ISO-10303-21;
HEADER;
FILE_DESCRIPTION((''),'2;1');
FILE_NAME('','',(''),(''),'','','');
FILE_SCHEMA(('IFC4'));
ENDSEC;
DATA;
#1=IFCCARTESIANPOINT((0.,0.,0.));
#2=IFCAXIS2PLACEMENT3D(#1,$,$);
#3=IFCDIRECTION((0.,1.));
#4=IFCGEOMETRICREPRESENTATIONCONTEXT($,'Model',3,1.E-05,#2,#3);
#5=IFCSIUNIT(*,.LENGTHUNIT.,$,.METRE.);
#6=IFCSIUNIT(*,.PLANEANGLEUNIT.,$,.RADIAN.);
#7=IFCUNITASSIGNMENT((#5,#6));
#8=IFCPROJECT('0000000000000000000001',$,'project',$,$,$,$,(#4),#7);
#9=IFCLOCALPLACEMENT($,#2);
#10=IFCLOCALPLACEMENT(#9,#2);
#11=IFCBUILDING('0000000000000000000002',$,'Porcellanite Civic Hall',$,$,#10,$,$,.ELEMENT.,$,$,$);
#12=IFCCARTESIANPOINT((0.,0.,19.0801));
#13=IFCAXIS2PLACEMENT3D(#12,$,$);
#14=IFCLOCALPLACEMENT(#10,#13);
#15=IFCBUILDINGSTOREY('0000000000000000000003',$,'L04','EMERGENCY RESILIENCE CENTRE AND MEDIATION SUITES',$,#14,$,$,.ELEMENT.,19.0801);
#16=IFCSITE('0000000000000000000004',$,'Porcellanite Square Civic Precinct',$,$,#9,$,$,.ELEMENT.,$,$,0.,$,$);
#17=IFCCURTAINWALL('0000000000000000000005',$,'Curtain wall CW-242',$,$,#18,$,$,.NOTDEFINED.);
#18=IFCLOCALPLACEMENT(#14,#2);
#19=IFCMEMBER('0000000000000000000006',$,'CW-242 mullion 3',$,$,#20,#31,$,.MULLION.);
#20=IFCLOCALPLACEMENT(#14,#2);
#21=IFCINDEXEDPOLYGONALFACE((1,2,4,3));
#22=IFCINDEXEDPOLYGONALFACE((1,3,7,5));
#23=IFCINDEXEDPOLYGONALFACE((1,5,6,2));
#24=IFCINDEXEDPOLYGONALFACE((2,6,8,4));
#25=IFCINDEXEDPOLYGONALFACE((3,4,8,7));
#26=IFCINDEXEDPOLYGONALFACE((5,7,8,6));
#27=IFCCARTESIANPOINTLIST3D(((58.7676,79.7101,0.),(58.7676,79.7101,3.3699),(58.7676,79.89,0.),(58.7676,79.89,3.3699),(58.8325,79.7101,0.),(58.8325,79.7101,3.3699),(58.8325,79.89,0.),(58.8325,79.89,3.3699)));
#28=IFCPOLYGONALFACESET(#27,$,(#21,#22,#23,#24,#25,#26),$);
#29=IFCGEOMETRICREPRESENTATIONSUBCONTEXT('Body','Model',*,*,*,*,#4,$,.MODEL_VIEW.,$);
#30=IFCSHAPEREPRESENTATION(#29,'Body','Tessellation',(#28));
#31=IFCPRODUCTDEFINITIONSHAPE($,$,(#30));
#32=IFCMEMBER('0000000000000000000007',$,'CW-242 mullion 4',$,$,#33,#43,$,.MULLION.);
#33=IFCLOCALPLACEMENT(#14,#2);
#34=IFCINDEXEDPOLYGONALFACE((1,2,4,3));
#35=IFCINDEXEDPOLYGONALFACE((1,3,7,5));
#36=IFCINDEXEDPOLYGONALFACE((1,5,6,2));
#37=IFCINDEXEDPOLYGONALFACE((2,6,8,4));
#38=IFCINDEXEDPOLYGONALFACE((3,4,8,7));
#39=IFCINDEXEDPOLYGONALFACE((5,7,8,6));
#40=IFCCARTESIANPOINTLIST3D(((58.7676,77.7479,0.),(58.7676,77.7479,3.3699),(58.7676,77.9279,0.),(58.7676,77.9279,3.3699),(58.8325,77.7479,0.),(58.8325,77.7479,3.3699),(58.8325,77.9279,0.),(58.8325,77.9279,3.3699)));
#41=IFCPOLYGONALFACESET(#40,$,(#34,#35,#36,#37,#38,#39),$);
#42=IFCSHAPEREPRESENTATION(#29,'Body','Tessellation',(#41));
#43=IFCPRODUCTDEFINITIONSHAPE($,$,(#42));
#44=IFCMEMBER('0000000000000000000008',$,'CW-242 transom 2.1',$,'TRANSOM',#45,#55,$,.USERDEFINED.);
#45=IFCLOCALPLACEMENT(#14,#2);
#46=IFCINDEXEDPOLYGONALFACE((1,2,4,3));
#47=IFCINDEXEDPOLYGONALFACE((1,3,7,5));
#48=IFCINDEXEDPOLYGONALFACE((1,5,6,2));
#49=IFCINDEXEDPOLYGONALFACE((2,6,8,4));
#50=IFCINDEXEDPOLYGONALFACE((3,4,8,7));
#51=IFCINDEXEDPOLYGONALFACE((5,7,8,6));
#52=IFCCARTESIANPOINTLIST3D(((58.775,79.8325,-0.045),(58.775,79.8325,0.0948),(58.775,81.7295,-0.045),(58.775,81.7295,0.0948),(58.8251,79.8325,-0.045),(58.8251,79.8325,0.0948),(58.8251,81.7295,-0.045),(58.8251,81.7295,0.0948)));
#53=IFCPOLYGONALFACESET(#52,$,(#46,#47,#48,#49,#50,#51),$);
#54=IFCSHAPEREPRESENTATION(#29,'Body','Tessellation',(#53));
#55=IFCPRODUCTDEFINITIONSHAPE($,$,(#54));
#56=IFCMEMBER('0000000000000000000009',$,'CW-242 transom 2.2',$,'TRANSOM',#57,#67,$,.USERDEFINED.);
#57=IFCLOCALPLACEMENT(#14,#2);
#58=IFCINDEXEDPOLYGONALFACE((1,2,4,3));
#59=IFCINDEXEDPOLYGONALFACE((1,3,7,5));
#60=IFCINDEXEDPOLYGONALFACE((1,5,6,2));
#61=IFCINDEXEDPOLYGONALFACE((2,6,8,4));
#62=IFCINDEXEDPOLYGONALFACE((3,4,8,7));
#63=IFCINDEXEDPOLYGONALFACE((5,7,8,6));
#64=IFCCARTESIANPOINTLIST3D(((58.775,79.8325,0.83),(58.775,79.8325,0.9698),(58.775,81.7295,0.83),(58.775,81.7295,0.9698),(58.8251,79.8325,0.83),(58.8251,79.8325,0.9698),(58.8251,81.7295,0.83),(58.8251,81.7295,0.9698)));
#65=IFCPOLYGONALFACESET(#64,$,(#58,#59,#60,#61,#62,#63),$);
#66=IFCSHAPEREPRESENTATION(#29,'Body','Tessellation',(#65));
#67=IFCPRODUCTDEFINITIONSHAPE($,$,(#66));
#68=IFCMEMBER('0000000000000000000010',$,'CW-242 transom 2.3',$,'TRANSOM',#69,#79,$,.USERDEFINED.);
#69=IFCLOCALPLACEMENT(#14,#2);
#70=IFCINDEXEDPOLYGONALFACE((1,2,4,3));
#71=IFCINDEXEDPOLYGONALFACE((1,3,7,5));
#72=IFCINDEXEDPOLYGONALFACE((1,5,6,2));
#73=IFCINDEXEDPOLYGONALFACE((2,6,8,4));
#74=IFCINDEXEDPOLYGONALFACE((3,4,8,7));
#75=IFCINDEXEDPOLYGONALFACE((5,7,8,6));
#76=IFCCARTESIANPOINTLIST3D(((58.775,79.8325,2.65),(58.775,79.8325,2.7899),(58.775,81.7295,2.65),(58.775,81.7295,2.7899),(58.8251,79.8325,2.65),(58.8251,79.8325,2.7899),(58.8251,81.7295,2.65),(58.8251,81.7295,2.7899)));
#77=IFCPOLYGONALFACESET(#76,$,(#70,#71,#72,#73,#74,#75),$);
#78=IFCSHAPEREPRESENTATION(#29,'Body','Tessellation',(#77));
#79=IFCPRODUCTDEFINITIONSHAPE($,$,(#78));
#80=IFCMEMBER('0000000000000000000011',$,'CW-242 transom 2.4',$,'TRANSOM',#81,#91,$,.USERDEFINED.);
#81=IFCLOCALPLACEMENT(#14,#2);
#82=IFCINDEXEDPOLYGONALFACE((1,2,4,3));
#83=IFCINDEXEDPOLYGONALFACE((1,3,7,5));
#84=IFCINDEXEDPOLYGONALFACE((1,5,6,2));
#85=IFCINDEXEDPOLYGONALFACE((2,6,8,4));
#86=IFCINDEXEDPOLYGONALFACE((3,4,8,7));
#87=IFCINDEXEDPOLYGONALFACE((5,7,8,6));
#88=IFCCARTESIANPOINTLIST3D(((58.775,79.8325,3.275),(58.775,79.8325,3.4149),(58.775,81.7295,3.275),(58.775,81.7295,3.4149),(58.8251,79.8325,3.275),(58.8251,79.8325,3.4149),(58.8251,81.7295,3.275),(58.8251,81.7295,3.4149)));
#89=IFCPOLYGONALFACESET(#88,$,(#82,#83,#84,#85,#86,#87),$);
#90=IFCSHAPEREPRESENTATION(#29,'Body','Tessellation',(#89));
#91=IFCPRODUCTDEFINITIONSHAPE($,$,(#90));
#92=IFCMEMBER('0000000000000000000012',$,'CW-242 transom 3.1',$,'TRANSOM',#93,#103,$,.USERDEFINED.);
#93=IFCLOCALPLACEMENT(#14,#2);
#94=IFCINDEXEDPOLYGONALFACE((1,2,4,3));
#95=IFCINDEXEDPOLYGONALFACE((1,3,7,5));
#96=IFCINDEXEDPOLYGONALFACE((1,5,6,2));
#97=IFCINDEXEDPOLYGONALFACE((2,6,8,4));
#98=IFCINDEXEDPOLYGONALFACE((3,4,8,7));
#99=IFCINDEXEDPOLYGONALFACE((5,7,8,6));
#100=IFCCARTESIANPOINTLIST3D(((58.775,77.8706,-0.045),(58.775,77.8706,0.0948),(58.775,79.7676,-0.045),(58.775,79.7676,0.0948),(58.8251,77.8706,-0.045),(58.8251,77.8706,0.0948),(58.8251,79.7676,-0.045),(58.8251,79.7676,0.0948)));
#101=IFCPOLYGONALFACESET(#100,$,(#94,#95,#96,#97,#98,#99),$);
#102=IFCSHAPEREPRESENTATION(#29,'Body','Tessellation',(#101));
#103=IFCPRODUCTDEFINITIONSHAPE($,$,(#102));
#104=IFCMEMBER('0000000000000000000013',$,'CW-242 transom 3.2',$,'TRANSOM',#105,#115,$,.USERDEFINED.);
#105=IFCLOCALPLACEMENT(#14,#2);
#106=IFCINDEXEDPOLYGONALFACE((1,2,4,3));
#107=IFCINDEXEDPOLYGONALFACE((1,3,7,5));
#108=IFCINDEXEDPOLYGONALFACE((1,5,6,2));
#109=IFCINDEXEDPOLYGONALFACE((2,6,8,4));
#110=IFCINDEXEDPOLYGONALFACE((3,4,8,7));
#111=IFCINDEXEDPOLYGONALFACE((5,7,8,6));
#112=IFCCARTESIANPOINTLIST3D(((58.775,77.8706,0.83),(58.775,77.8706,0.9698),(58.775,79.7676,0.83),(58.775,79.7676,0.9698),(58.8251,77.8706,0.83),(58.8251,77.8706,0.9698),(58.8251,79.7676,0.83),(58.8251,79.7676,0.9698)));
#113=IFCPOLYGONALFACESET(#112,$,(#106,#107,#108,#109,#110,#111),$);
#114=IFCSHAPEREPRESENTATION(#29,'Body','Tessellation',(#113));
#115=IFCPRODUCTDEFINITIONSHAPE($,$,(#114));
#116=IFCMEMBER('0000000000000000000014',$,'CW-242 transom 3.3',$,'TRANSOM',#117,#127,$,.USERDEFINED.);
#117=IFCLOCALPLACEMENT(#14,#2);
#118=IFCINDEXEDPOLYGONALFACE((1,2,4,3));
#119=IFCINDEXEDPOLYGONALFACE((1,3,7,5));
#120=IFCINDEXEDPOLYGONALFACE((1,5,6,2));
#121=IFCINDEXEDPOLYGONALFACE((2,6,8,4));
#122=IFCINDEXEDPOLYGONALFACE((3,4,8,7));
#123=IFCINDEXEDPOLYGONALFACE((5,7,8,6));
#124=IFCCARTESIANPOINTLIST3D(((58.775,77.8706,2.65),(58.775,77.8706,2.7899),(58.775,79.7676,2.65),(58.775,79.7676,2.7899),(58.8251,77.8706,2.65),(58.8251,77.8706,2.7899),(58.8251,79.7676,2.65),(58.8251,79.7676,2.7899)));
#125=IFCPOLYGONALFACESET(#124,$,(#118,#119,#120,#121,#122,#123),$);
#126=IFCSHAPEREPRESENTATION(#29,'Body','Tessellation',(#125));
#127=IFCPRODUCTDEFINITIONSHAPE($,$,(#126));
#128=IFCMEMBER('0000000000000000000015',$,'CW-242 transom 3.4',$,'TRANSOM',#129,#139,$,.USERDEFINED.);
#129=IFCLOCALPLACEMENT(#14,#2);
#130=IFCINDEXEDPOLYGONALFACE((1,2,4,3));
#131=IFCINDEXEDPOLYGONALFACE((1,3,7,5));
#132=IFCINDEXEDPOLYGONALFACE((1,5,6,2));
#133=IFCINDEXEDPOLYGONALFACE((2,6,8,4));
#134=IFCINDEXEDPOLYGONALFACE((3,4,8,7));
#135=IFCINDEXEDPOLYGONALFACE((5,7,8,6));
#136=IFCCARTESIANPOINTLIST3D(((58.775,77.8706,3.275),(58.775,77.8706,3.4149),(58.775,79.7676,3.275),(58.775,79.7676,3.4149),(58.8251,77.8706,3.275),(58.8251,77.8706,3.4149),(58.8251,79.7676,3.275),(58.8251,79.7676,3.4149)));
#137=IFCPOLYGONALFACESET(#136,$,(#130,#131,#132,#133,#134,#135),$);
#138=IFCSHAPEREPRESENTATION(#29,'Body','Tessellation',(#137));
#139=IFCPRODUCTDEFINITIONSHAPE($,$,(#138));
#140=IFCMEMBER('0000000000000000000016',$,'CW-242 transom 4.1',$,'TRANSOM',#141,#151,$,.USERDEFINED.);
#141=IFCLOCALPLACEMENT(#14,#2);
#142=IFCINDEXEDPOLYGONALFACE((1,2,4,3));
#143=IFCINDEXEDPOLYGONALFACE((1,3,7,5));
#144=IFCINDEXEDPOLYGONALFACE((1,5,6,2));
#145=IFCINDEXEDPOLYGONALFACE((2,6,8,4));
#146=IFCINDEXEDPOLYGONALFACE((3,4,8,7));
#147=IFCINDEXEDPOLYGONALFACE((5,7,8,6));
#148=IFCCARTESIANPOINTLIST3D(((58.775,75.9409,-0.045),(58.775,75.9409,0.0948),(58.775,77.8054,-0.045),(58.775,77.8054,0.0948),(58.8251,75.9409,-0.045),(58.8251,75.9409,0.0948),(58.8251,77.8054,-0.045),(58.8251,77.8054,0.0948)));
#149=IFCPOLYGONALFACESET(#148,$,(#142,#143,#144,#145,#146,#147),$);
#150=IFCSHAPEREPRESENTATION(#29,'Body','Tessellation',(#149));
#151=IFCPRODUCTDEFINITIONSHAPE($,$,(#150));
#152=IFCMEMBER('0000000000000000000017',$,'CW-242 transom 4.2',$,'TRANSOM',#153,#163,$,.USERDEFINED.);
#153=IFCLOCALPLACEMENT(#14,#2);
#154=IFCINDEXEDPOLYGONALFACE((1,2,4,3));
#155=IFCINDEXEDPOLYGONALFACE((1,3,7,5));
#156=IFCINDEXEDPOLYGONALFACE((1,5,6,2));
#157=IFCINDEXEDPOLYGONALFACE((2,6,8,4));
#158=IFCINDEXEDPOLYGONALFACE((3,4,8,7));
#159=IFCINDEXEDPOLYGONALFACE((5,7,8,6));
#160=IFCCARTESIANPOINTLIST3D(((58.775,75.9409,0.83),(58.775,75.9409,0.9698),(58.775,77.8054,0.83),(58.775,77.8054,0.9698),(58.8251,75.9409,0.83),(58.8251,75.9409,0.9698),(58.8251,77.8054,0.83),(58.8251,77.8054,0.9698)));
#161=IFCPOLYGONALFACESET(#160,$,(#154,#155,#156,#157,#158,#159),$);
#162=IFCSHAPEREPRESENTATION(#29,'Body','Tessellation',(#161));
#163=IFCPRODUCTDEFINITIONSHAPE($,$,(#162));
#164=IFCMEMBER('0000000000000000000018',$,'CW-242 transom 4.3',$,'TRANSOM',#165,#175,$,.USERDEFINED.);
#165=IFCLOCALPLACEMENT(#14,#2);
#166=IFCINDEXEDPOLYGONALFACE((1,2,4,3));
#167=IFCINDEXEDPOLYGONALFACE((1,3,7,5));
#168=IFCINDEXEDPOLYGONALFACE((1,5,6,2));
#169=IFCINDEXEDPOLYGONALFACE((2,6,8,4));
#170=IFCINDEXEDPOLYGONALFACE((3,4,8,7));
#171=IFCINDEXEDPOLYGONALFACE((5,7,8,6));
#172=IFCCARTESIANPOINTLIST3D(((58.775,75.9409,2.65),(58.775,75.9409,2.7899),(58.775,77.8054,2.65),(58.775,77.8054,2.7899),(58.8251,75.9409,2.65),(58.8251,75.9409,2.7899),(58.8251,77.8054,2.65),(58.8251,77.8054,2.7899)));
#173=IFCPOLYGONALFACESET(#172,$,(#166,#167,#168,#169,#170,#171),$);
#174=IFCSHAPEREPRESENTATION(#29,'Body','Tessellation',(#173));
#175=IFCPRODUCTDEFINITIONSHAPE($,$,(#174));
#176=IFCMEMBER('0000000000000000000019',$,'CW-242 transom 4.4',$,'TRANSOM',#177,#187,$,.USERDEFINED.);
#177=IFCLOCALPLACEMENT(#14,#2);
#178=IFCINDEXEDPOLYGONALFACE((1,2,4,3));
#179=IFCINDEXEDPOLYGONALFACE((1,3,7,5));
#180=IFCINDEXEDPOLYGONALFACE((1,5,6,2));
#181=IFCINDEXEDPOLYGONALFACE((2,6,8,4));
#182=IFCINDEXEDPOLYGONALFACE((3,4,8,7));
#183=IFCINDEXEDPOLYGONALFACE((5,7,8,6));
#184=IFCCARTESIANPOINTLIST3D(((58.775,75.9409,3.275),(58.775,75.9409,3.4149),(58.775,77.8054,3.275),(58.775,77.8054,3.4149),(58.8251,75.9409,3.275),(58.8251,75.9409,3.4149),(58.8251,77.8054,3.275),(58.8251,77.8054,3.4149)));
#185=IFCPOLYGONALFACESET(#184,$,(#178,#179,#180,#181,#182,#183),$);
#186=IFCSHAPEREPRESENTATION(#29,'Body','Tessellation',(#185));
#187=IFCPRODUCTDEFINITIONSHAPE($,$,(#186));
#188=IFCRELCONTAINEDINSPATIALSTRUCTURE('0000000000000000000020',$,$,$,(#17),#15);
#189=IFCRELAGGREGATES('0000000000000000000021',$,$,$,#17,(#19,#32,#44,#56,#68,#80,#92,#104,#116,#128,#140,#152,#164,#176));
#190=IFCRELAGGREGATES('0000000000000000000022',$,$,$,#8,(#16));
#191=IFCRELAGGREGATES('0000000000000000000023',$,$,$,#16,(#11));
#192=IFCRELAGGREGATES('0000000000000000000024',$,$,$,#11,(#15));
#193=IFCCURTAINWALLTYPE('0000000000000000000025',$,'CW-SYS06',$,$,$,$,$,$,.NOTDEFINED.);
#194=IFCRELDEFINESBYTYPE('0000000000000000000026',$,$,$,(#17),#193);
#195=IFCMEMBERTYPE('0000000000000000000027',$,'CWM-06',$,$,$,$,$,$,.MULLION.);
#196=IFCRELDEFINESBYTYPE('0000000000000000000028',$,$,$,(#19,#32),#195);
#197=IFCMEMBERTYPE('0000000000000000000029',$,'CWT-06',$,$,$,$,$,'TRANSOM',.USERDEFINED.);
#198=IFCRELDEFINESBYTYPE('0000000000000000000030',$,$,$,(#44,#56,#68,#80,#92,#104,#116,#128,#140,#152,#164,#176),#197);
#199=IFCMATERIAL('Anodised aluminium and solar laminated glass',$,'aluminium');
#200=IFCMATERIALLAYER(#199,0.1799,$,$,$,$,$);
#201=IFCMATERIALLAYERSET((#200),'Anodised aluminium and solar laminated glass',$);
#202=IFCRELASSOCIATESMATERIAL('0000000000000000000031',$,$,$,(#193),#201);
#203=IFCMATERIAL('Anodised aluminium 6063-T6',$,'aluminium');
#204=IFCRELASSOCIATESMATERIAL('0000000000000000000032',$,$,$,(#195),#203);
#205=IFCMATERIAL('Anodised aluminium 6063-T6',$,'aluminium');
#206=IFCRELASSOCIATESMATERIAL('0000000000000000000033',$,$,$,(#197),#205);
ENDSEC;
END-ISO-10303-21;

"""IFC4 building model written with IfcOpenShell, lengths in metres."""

from ifc_helpers import new_model, si_unit, direction, frame, origin, origin_2d, place, context, subcontext, project, spatial, rectangle, extrude, material, layer, layer_set, material_profile, profile_set, type_object, element, aggregate, save


model = new_model("IFC4")

# Units and contexts
model_context = context("Model", 3, precision=1e-05, world=origin(), true_north=direction((0.0, 1.0)))
body_context = subcontext(model_context, "Body", "Model", "MODEL_VIEW")
ifc_project = project(units=[si_unit("LENGTHUNIT", "METRE"), si_unit("PLANEANGLEUNIT", "RADIAN")], contexts=[model_context])

# Site, building, storey
site_placement = place(None, origin())
site = spatial("IfcSite", under=ifc_project, at=site_placement, Name="Porcellanite Square Civic Precinct", CompositionType="ELEMENT", RefElevation=0.0)
building_placement = place(site_placement, origin())
building = spatial("IfcBuilding", under=site, at=building_placement, Name="Porcellanite Civic Hall", CompositionType="ELEMENT")
storey_placement = place(building_placement, frame((0.0, 0.0, 19.0801)))
storey = spatial("IfcBuildingStorey", under=building, at=storey_placement, Name="L04", Description="EMERGENCY RESILIENCE CENTRE AND MEDIATION SUITES", CompositionType="ELEMENT", Elevation=19.0801)

# Curtain wall, members
ifc_material_1 = material(Name="Anodised aluminium and solar laminated glass", Category="aluminium")
ifc_layer_1 = layer(ifc_material_1, 0.1799)
ifc_layer_set_1 = layer_set([ifc_layer_1], Name="Anodised aluminium and solar laminated glass")
curtain_wall_type = type_object("IfcCurtainWallType", Name="CW-SYS06", PredefinedType="NOTDEFINED", material=ifc_layer_set_1)
curtain_wall_placement = place(storey_placement, origin())
curtain_wall = element("IfcCurtainWall", 1, at=curtain_wall_placement, inside=storey, type_object=curtain_wall_type, Name="Curtain wall CW-242", PredefinedType="NOTDEFINED")
ifc_material_2 = material(Name="Anodised aluminium 6063-T6", Category="aluminium")
ifc_material_profile_1 = material_profile(ifc_material_2, rectangle(XDim=0.0649, YDim=0.1799, at=origin_2d()), Name="AL-65x180")
ifc_profile_set_1 = profile_set([ifc_material_profile_1], Name="Anodised aluminium 6063-T6")
member_type_1 = type_object("IfcMemberType", Name="CWM-06", PredefinedType="MULLION", material=ifc_profile_set_1)
member_1_placement = place(storey_placement, frame((58.8, 79.8, 0.0), z_axis=(0.0, 0.0, 1.0), x_axis=(1.0, 0.0, 0.0)))
member_1 = element("IfcMember", 2, at=member_1_placement, type_object=member_type_1, Name="CW-242 mullion 3", PredefinedType="MULLION", context=body_context, shape_type="SweptSolid", body=[
    extrude(rectangle(XDim=0.0649, YDim=0.1799, at=origin_2d()), origin(), (0.0, 0.0, 1.0), 3.3699),
])
member_2_placement = place(storey_placement, frame((58.8, 77.8379, 0.0), z_axis=(0.0, 0.0, 1.0), x_axis=(1.0, 0.0, 0.0)))
member_2 = element("IfcMember", 3, at=member_2_placement, type_object=member_type_1, Name="CW-242 mullion 4", PredefinedType="MULLION", context=body_context, shape_type="SweptSolid", body=[
    extrude(rectangle(XDim=0.0649, YDim=0.1799, at=origin_2d()), origin(), (0.0, 0.0, 1.0), 3.3699),
])
ifc_material_3 = material(Name="Anodised aluminium 6063-T6", Category="aluminium")
ifc_material_profile_2 = material_profile(ifc_material_3, rectangle(XDim=0.05, YDim=0.1399, at=origin_2d()), Name="AL-50x140")
ifc_profile_set_2 = profile_set([ifc_material_profile_2], Name="Anodised aluminium 6063-T6")
member_type_2 = type_object("IfcMemberType", Name="CWT-06", ElementType="TRANSOM", PredefinedType="USERDEFINED", material=ifc_profile_set_2)
member_3_placement = place(storey_placement, frame((58.8, 81.7295, 0.0249), z_axis=(0.0, -1.0, 0.0), x_axis=(1.0, 0.0, 0.0)))
member_3 = element("IfcMember", 4, at=member_3_placement, type_object=member_type_2, Name="CW-242 transom 2.1", ObjectType="TRANSOM", PredefinedType="USERDEFINED", context=body_context, shape_type="SweptSolid", body=[
    extrude(rectangle(XDim=0.05, YDim=0.1399, at=origin_2d()), origin(), (0.0, 0.0, 1.0), 1.897),
])
member_4_placement = place(storey_placement, frame((58.8, 81.7295, 0.8999), z_axis=(0.0, -1.0, 0.0), x_axis=(1.0, 0.0, 0.0)))
member_4 = element("IfcMember", 5, at=member_4_placement, type_object=member_type_2, Name="CW-242 transom 2.2", ObjectType="TRANSOM", PredefinedType="USERDEFINED", context=body_context, shape_type="SweptSolid", body=[
    extrude(rectangle(XDim=0.05, YDim=0.1399, at=origin_2d()), origin(), (0.0, 0.0, 1.0), 1.897),
])
member_5_placement = place(storey_placement, frame((58.8, 81.7295, 2.72), z_axis=(0.0, -1.0, 0.0), x_axis=(1.0, 0.0, 0.0)))
member_5 = element("IfcMember", 6, at=member_5_placement, type_object=member_type_2, Name="CW-242 transom 2.3", ObjectType="TRANSOM", PredefinedType="USERDEFINED", context=body_context, shape_type="SweptSolid", body=[
    extrude(rectangle(XDim=0.05, YDim=0.1399, at=origin_2d()), origin(), (0.0, 0.0, 1.0), 1.897),
])
member_6_placement = place(storey_placement, frame((58.8, 81.7295, 3.345), z_axis=(0.0, -1.0, 0.0), x_axis=(1.0, 0.0, 0.0)))
member_6 = element("IfcMember", 7, at=member_6_placement, type_object=member_type_2, Name="CW-242 transom 2.4", ObjectType="TRANSOM", PredefinedType="USERDEFINED", context=body_context, shape_type="SweptSolid", body=[
    extrude(rectangle(XDim=0.05, YDim=0.1399, at=origin_2d()), origin(), (0.0, 0.0, 1.0), 1.897),
])
member_7_placement = place(storey_placement, frame((58.8, 79.7676, 0.0249), z_axis=(0.0, -1.0, 0.0), x_axis=(1.0, 0.0, 0.0)))
member_7 = element("IfcMember", 8, at=member_7_placement, type_object=member_type_2, Name="CW-242 transom 3.1", ObjectType="TRANSOM", PredefinedType="USERDEFINED", context=body_context, shape_type="SweptSolid", body=[
    extrude(rectangle(XDim=0.05, YDim=0.1399, at=origin_2d()), origin(), (0.0, 0.0, 1.0), 1.897),
])
member_8_placement = place(storey_placement, frame((58.8, 79.7676, 0.8999), z_axis=(0.0, -1.0, 0.0), x_axis=(1.0, 0.0, 0.0)))
member_8 = element("IfcMember", 9, at=member_8_placement, type_object=member_type_2, Name="CW-242 transom 3.2", ObjectType="TRANSOM", PredefinedType="USERDEFINED", context=body_context, shape_type="SweptSolid", body=[
    extrude(rectangle(XDim=0.05, YDim=0.1399, at=origin_2d()), origin(), (0.0, 0.0, 1.0), 1.897),
])
member_9_placement = place(storey_placement, frame((58.8, 79.7676, 2.72), z_axis=(0.0, -1.0, 0.0), x_axis=(1.0, 0.0, 0.0)))
member_9 = element("IfcMember", 10, at=member_9_placement, type_object=member_type_2, Name="CW-242 transom 3.3", ObjectType="TRANSOM", PredefinedType="USERDEFINED", context=body_context, shape_type="SweptSolid", body=[
    extrude(rectangle(XDim=0.05, YDim=0.1399, at=origin_2d()), origin(), (0.0, 0.0, 1.0), 1.897),
])
member_10_placement = place(storey_placement, frame((58.8, 79.7676, 3.345), z_axis=(0.0, -1.0, 0.0), x_axis=(1.0, 0.0, 0.0)))
member_10 = element("IfcMember", 11, at=member_10_placement, type_object=member_type_2, Name="CW-242 transom 3.4", ObjectType="TRANSOM", PredefinedType="USERDEFINED", context=body_context, shape_type="SweptSolid", body=[
    extrude(rectangle(XDim=0.05, YDim=0.1399, at=origin_2d()), origin(), (0.0, 0.0, 1.0), 1.897),
])
member_11_placement = place(storey_placement, frame((58.8, 77.8054, 0.0249), z_axis=(0.0, -1.0, 0.0), x_axis=(1.0, 0.0, 0.0)))
member_11 = element("IfcMember", 12, at=member_11_placement, type_object=member_type_2, Name="CW-242 transom 4.1", ObjectType="TRANSOM", PredefinedType="USERDEFINED", context=body_context, shape_type="SweptSolid", body=[
    extrude(rectangle(XDim=0.05, YDim=0.1399, at=origin_2d()), origin(), (0.0, 0.0, 1.0), 1.8645),
])
member_12_placement = place(storey_placement, frame((58.8, 77.8054, 0.8999), z_axis=(0.0, -1.0, 0.0), x_axis=(1.0, 0.0, 0.0)))
member_12 = element("IfcMember", 13, at=member_12_placement, type_object=member_type_2, Name="CW-242 transom 4.2", ObjectType="TRANSOM", PredefinedType="USERDEFINED", context=body_context, shape_type="SweptSolid", body=[
    extrude(rectangle(XDim=0.05, YDim=0.1399, at=origin_2d()), origin(), (0.0, 0.0, 1.0), 1.8645),
])
member_13_placement = place(storey_placement, frame((58.8, 77.8054, 2.72), z_axis=(0.0, -1.0, 0.0), x_axis=(1.0, 0.0, 0.0)))
member_13 = element("IfcMember", 14, at=member_13_placement, type_object=member_type_2, Name="CW-242 transom 4.3", ObjectType="TRANSOM", PredefinedType="USERDEFINED", context=body_context, shape_type="SweptSolid", body=[
    extrude(rectangle(XDim=0.05, YDim=0.1399, at=origin_2d()), origin(), (0.0, 0.0, 1.0), 1.8645),
])
member_14_placement = place(storey_placement, frame((58.8, 77.8054, 3.345), z_axis=(0.0, -1.0, 0.0), x_axis=(1.0, 0.0, 0.0)))
member_14 = element("IfcMember", 15, at=member_14_placement, type_object=member_type_2, Name="CW-242 transom 4.4", ObjectType="TRANSOM", PredefinedType="USERDEFINED", context=body_context, shape_type="SweptSolid", body=[
    extrude(rectangle(XDim=0.05, YDim=0.1399, at=origin_2d()), origin(), (0.0, 0.0, 1.0), 1.8645),
])

aggregate(curtain_wall, [member_1, member_2, member_3, member_4, member_5, member_6, member_7, member_8, member_9, member_10, member_11, member_12, member_13, member_14])

save(model, "model.ifc")
